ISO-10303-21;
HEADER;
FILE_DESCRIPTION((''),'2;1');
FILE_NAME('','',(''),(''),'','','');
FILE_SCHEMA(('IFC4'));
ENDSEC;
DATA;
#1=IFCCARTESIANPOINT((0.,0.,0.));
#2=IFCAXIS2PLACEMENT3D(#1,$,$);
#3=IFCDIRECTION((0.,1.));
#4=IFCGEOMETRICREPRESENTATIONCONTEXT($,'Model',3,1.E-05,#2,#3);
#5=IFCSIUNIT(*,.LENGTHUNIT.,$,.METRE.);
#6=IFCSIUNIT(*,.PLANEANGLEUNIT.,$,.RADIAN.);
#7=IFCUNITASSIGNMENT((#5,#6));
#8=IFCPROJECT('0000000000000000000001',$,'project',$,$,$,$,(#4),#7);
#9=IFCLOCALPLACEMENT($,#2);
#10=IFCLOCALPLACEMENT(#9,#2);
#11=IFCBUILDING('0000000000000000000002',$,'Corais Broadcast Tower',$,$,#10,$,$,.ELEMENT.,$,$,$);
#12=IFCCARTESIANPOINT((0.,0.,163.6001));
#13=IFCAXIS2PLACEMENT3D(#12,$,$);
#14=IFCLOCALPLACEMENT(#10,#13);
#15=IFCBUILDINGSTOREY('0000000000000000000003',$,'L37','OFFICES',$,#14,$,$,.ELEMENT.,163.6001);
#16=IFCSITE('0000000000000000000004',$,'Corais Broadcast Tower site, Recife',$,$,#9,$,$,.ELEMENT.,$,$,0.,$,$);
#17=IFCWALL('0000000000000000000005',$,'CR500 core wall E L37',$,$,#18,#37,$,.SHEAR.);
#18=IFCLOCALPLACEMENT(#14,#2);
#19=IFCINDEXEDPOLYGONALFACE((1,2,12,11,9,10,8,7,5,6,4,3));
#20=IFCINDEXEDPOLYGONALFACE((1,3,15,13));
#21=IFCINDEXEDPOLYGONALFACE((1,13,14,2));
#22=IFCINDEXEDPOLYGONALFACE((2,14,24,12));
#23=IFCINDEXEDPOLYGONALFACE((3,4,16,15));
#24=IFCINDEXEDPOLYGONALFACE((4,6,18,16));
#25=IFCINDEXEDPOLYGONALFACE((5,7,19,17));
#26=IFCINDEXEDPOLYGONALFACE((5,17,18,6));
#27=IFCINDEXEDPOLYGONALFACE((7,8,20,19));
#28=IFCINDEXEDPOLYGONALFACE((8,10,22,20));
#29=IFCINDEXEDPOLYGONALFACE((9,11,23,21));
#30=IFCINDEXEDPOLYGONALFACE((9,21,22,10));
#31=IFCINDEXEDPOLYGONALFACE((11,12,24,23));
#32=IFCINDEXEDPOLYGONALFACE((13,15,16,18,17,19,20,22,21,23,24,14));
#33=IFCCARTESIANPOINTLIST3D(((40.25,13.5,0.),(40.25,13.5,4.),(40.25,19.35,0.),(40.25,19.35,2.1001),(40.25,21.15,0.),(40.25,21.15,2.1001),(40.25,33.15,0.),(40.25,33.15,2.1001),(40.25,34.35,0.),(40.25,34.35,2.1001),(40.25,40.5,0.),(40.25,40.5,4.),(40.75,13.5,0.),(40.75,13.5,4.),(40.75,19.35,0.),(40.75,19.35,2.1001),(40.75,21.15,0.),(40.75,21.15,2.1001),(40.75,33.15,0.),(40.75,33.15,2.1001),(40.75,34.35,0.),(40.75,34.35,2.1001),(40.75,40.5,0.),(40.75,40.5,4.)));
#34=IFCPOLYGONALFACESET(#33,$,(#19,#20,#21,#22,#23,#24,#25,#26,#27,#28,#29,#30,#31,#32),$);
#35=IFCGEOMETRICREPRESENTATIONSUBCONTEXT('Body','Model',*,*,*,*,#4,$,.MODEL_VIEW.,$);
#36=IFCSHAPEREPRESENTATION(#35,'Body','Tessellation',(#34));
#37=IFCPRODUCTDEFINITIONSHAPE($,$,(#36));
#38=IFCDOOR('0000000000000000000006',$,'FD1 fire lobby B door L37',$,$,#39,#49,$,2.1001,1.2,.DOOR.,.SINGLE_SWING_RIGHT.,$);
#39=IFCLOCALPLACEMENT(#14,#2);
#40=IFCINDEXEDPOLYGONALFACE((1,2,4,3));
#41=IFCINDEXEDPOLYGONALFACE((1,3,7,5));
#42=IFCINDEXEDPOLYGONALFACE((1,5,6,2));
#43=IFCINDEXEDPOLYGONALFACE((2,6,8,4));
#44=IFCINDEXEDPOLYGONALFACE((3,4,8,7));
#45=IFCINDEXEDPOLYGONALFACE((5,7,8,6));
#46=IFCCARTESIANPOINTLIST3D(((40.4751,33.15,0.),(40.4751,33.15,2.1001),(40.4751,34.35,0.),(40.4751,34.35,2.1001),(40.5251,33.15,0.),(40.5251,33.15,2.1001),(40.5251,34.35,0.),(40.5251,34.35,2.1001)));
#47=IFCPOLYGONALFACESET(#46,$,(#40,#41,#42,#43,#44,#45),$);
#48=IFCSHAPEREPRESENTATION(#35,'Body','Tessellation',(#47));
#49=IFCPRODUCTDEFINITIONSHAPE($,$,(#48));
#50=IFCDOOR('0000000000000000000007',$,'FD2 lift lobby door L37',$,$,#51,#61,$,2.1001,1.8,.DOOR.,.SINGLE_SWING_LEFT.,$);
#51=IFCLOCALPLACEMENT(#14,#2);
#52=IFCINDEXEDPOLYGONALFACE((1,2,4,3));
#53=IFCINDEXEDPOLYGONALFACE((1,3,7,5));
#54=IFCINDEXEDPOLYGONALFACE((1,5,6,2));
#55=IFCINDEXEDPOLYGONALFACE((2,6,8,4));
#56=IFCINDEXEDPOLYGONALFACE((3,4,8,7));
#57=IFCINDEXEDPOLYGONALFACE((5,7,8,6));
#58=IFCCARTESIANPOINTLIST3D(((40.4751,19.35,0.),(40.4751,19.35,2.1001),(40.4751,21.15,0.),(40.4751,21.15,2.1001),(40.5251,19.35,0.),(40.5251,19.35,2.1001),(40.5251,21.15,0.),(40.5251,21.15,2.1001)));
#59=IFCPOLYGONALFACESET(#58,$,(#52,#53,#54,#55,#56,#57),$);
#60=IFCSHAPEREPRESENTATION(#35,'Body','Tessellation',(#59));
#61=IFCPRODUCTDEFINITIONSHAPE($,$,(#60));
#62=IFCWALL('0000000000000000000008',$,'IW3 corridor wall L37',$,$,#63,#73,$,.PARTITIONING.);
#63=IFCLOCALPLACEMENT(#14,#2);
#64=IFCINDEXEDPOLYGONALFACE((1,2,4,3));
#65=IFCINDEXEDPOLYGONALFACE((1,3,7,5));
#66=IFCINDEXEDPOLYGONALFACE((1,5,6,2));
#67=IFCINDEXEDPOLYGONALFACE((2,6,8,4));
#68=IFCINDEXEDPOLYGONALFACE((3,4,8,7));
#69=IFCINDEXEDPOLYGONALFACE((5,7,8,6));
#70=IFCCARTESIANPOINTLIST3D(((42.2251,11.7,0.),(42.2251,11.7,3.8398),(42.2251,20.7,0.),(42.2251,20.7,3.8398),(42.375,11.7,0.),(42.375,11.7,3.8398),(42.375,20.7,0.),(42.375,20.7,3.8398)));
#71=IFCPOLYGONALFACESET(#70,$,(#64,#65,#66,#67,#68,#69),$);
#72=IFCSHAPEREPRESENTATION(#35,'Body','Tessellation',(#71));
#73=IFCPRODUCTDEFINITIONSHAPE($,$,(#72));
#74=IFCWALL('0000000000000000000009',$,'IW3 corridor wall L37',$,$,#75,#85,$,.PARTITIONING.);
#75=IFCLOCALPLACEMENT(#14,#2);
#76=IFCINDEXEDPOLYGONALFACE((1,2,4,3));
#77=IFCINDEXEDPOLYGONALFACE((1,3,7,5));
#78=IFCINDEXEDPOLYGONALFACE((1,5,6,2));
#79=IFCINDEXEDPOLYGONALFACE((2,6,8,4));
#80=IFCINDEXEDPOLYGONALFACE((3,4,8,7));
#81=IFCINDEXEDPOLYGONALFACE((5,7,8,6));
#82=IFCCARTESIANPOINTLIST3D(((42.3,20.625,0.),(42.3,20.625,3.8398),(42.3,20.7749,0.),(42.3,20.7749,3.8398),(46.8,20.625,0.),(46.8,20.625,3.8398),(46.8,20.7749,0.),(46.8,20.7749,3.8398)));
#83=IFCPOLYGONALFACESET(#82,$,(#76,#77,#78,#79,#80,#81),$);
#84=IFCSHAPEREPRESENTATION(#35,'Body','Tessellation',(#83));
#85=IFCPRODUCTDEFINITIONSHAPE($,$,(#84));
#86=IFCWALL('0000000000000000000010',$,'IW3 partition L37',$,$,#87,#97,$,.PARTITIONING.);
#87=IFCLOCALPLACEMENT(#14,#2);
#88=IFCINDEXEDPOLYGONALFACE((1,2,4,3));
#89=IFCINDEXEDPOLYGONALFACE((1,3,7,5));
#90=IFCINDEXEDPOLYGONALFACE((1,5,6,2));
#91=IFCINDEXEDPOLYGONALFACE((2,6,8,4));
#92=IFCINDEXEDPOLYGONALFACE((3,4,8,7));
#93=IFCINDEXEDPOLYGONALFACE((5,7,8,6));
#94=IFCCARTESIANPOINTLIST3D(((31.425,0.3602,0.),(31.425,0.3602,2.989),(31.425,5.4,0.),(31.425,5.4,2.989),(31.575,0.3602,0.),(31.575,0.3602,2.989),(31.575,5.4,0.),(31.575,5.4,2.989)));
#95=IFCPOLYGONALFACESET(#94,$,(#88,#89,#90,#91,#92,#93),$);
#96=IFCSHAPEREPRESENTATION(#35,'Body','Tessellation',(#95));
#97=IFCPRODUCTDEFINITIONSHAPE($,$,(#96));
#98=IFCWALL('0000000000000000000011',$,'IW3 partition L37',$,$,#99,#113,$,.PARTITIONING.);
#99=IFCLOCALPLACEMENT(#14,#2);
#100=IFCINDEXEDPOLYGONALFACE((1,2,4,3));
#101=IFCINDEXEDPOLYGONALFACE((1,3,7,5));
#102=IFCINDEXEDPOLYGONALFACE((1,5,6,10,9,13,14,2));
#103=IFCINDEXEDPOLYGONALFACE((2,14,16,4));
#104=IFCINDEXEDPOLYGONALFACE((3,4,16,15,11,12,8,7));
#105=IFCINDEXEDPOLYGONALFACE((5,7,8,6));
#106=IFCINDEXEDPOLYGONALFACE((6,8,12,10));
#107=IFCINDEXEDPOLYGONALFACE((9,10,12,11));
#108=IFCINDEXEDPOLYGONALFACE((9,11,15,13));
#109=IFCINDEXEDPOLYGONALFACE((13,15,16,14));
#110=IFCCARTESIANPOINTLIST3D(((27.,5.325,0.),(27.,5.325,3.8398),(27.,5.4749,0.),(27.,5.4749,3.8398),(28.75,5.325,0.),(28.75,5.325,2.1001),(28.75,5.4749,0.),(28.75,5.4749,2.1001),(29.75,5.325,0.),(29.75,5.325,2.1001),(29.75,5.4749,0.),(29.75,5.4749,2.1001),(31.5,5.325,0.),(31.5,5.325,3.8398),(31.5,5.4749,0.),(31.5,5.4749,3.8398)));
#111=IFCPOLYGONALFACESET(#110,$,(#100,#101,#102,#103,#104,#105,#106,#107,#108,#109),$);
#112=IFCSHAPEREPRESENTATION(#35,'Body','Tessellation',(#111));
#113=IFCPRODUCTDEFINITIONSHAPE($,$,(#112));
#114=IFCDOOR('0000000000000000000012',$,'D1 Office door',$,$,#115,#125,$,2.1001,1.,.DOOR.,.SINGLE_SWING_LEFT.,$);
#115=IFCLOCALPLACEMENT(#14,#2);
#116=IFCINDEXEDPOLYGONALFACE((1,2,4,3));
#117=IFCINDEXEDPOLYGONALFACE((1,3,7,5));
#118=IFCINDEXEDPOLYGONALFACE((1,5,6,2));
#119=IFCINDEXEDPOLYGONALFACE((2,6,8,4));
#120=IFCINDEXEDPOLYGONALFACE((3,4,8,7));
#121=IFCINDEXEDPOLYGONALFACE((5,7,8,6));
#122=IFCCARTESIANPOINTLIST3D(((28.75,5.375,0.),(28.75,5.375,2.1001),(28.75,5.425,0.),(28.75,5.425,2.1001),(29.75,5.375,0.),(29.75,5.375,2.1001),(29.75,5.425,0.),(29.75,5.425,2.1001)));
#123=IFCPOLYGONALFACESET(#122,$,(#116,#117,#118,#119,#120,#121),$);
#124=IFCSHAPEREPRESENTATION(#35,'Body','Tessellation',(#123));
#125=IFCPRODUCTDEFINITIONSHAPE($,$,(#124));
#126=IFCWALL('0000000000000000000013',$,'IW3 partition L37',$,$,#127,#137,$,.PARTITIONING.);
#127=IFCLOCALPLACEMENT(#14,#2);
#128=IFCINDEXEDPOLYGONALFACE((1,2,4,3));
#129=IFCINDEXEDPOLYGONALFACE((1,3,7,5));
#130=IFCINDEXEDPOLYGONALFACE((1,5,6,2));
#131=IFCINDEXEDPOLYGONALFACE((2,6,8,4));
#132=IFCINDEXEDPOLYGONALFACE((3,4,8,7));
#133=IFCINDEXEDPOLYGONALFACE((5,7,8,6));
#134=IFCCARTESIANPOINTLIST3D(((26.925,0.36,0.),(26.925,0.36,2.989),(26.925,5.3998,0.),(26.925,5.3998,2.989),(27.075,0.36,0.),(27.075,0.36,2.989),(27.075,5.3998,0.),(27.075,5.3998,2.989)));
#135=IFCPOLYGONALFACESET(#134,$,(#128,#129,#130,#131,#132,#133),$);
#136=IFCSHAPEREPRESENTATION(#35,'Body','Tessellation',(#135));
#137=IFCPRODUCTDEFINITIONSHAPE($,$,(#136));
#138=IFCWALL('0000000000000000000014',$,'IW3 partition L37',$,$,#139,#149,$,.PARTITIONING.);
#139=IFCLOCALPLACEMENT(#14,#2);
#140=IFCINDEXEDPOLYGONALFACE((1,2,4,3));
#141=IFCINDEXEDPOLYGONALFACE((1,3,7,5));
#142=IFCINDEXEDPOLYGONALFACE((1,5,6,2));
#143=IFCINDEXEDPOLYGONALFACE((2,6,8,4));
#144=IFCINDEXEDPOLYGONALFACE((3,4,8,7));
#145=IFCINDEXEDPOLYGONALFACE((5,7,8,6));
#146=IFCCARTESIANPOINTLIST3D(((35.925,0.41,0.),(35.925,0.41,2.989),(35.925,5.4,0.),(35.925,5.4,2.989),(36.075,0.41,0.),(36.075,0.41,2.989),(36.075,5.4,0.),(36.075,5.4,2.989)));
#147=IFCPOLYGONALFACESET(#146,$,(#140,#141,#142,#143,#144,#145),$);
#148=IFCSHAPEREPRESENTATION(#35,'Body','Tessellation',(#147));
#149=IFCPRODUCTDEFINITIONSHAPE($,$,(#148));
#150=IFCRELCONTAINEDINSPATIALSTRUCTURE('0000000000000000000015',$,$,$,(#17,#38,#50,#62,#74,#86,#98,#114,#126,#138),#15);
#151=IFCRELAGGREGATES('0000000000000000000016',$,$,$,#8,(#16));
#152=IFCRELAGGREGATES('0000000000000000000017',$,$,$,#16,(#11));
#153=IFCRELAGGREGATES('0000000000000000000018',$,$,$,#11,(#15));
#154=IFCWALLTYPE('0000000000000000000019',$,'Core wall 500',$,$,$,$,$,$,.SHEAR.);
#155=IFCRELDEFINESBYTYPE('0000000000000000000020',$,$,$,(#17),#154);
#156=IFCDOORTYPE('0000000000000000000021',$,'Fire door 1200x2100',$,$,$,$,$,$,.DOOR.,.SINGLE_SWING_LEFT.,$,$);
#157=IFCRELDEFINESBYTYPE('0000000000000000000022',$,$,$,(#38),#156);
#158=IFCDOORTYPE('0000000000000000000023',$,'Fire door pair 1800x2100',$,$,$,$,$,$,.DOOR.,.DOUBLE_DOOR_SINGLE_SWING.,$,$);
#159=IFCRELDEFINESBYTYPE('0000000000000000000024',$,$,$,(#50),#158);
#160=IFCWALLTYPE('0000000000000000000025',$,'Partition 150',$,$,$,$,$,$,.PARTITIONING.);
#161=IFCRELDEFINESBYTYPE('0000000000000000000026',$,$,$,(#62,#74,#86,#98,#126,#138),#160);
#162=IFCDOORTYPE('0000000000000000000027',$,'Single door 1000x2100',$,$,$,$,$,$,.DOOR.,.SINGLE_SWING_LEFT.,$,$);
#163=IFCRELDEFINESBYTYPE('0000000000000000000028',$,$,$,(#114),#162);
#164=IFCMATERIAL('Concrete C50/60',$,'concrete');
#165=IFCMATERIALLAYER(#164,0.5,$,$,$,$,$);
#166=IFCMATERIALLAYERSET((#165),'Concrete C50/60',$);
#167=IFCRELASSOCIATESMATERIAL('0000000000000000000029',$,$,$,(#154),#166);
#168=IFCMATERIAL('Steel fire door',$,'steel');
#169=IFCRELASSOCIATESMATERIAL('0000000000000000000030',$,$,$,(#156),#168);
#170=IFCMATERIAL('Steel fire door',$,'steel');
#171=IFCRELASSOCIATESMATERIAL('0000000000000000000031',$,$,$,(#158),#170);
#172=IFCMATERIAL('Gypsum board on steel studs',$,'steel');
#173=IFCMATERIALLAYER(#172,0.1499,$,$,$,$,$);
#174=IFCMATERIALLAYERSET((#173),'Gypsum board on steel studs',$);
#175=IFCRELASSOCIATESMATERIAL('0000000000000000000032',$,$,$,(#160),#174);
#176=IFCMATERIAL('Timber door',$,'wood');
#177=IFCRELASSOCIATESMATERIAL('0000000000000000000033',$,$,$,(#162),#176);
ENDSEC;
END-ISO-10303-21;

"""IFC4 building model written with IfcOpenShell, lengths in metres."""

from ifc_helpers import new_model, si_unit, direction, frame, frame_2d, origin, place, context, subcontext, project, spatial, rectangle, extrude, material, layer, layer_set, type_object, element, fill, save


model = new_model("IFC4")

# Units and contexts
model_context = context("Model", 3, precision=1e-05, world=origin(), true_north=direction((0.0, 1.0)))
body_context = subcontext(model_context, "Body", "Model", "MODEL_VIEW")
ifc_project = project(units=[si_unit("LENGTHUNIT", "METRE"), si_unit("PLANEANGLEUNIT", "RADIAN")], contexts=[model_context])

# Site, building, storey
site_placement = place(None, origin())
site = spatial("IfcSite", under=ifc_project, at=site_placement, Name="Corais Broadcast Tower site, Recife", CompositionType="ELEMENT", RefElevation=0.0)
building_placement = place(site_placement, origin())
building = spatial("IfcBuilding", under=site, at=building_placement, Name="Corais Broadcast Tower", CompositionType="ELEMENT")
storey_placement = place(building_placement, frame((0.0, 0.0, 163.6001)))
storey = spatial("IfcBuildingStorey", under=building, at=storey_placement, Name="L37", Description="OFFICES", CompositionType="ELEMENT", Elevation=163.6001)

# Wall, openings, doors
ifc_material_1 = material(Name="Concrete C50/60", Category="concrete")
ifc_layer_1 = layer(ifc_material_1, 0.5)
ifc_layer_set_1 = layer_set([ifc_layer_1], Name="Concrete C50/60")
wall_type_1 = type_object("IfcWallType", Name="Core wall 500", PredefinedType="SHEAR", material=ifc_layer_set_1)
wall_1_placement = place(storey_placement, frame((40.5, 13.5, 0.0), z_axis=(0.0, 0.0, 1.0), x_axis=(0.0, 1.0, 0.0)))
wall_1 = element("IfcWall", 1, at=wall_1_placement, inside=storey, type_object=wall_type_1, Name="CR500 core wall E L37", PredefinedType="SHEAR", context=body_context, shape_type="SweptSolid", body=[
    extrude(rectangle(XDim=27.0, YDim=0.5, at=frame_2d((13.5, 0.0))), origin(), (0.0, 0.0, 1.0), 4.0),
])
opening_1_placement = place(wall_1_placement, frame((5.8501, 0.0, 0.0)))
opening_1 = element("IfcOpeningElement", 2, at=opening_1_placement, cuts=wall_1, PredefinedType="OPENING", context=body_context, shape_type="SweptSolid", body=[
    extrude(rectangle(XDim=1.8, YDim=2.1001, at=frame_2d((0.8999, 1.05))), frame((0.0, 0.26, 0.0), z_axis=(0.0, -1.0, 0.0), x_axis=(1.0, 0.0, 0.0)), (0.0, 0.0, 1.0), 0.52),
])
opening_2_placement = place(wall_1_placement, frame((19.6499, 0.0, 0.0)))
opening_2 = element("IfcOpeningElement", 3, at=opening_2_placement, cuts=wall_1, PredefinedType="OPENING", context=body_context, shape_type="SweptSolid", body=[
    extrude(rectangle(XDim=1.2, YDim=2.1001, at=frame_2d((0.6001, 1.05))), frame((0.0, 0.26, 0.0), z_axis=(0.0, -1.0, 0.0), x_axis=(1.0, 0.0, 0.0)), (0.0, 0.0, 1.0), 0.52),
])
ifc_material_2 = material(Name="Steel fire door", Category="steel")
door_type_1 = type_object("IfcDoorType", Name="Fire door 1200x2100", OperationType="SINGLE_SWING_LEFT", PredefinedType="DOOR", material=ifc_material_2)
door_1_placement = place(opening_2_placement, origin())
door_1 = element("IfcDoor", 4, at=door_1_placement, inside=storey, type_object=door_type_1, Name="FD1 fire lobby B door L37", OperationType="SINGLE_SWING_RIGHT", OverallHeight=2.1001, OverallWidth=1.2, PredefinedType="DOOR", context=body_context, shape_type="SweptSolid", body=[
    extrude(rectangle(XDim=1.2, YDim=2.1001, at=frame_2d((0.6001, 1.05))), frame((0.0, 0.0249, 0.0), z_axis=(0.0, -1.0, 0.0), x_axis=(1.0, 0.0, 0.0)), (0.0, 0.0, 1.0), 0.05),
])
fill(opening_2, door_1)
ifc_material_3 = material(Name="Steel fire door", Category="steel")
door_type_2 = type_object("IfcDoorType", Name="Fire door pair 1800x2100", OperationType="DOUBLE_DOOR_SINGLE_SWING", PredefinedType="DOOR", material=ifc_material_3)
door_2_placement = place(opening_1_placement, origin())
door_2 = element("IfcDoor", 5, at=door_2_placement, inside=storey, type_object=door_type_2, Name="FD2 lift lobby door L37", OperationType="SINGLE_SWING_LEFT", OverallHeight=2.1001, OverallWidth=1.8, PredefinedType="DOOR", context=body_context, shape_type="SweptSolid", body=[
    extrude(rectangle(XDim=1.8, YDim=2.1001, at=frame_2d((0.8999, 1.05))), frame((0.0, 0.0249, 0.0), z_axis=(0.0, -1.0, 0.0), x_axis=(1.0, 0.0, 0.0)), (0.0, 0.0, 1.0), 0.05),
])
fill(opening_1, door_2)

# Walls
ifc_material_4 = material(Name="Gypsum board on steel studs", Category="steel")
ifc_layer_2 = layer(ifc_material_4, 0.1499)
ifc_layer_set_2 = layer_set([ifc_layer_2], Name="Gypsum board on steel studs")
wall_type_2 = type_object("IfcWallType", Name="Partition 150", PredefinedType="PARTITIONING", material=ifc_layer_set_2)
wall_2_placement = place(storey_placement, frame((42.3, 11.7, 0.0), z_axis=(0.0, 0.0, 1.0), x_axis=(0.0, 1.0, 0.0)))
element("IfcWall", 6, at=wall_2_placement, inside=storey, type_object=wall_type_2, Name="IW3 corridor wall L37", PredefinedType="PARTITIONING", context=body_context, shape_type="SweptSolid", body=[
    extrude(rectangle(XDim=9.0, YDim=0.1499, at=frame_2d((4.5, 0.0))), origin(), (0.0, 0.0, 1.0), 3.8398),
])
wall_3_placement = place(storey_placement, frame((42.3, 20.7, 0.0), z_axis=(0.0, 0.0, 1.0), x_axis=(1.0, 0.0, 0.0)))
element("IfcWall", 7, at=wall_3_placement, inside=storey, type_object=wall_type_2, Name="IW3 corridor wall L37", PredefinedType="PARTITIONING", context=body_context, shape_type="SweptSolid", body=[
    extrude(rectangle(XDim=4.5, YDim=0.1499, at=frame_2d((2.25, 0.0))), origin(), (0.0, 0.0, 1.0), 3.8398),
])
wall_4_placement = place(storey_placement, frame((31.5, 0.3601, 0.0), z_axis=(0.0, 0.0, 1.0), x_axis=(0.0, 1.0, 0.0)))
element("IfcWall", 8, at=wall_4_placement, inside=storey, type_object=wall_type_2, Name="IW3 partition L37", PredefinedType="PARTITIONING", context=body_context, shape_type="SweptSolid", body=[
    extrude(rectangle(XDim=5.0398, YDim=0.1499, at=frame_2d((2.52, 0.0))), origin(), (0.0, 0.0, 1.0), 2.989),
])

# Wall, opening, door
wall_5_placement = place(storey_placement, frame((31.5, 5.3999, 0.0), z_axis=(0.0, 0.0, 1.0), x_axis=(-1.0, 0.0, 0.0)))
wall_5 = element("IfcWall", 9, at=wall_5_placement, inside=storey, type_object=wall_type_2, Name="IW3 partition L37", PredefinedType="PARTITIONING", context=body_context, shape_type="SweptSolid", body=[
    extrude(rectangle(XDim=4.5, YDim=0.1499, at=frame_2d((2.25, 0.0))), origin(), (0.0, 0.0, 1.0), 3.8398),
])
opening_3_placement = place(wall_5_placement, frame((1.75, 0.0, 0.0)))
opening_3 = element("IfcOpeningElement", 10, at=opening_3_placement, cuts=wall_5, PredefinedType="OPENING", context=body_context, shape_type="SweptSolid", body=[
    extrude(rectangle(XDim=1.0, YDim=2.1001, at=frame_2d((0.5, 1.05))), frame((0.0, 0.085, 0.0), z_axis=(0.0, -1.0, 0.0), x_axis=(1.0, 0.0, 0.0)), (0.0, 0.0, 1.0), 0.1699),
])
ifc_material_5 = material(Name="Timber door", Category="wood")
door_type_3 = type_object("IfcDoorType", Name="Single door 1000x2100", OperationType="SINGLE_SWING_LEFT", PredefinedType="DOOR", material=ifc_material_5)
door_3_placement = place(opening_3_placement, origin())
door_3 = element("IfcDoor", 11, at=door_3_placement, inside=storey, type_object=door_type_3, Name="D1 Office door", OperationType="SINGLE_SWING_LEFT", OverallHeight=2.1001, OverallWidth=1.0, PredefinedType="DOOR", context=body_context, shape_type="SweptSolid", body=[
    extrude(rectangle(XDim=1.0, YDim=2.1001, at=frame_2d((0.5, 1.05))), frame((0.0, 0.0249, 0.0), z_axis=(0.0, -1.0, 0.0), x_axis=(1.0, 0.0, 0.0)), (0.0, 0.0, 1.0), 0.05),
])
fill(opening_3, door_3)

# Walls
wall_6_placement = place(storey_placement, frame((27.0, 5.3999, 0.0), z_axis=(0.0, 0.0, 1.0), x_axis=(0.0, -1.0, 0.0)))
element("IfcWall", 12, at=wall_6_placement, inside=storey, type_object=wall_type_2, Name="IW3 partition L37", PredefinedType="PARTITIONING", context=body_context, shape_type="SweptSolid", body=[
    extrude(rectangle(XDim=5.0398, YDim=0.1499, at=frame_2d((2.52, 0.0))), origin(), (0.0, 0.0, 1.0), 2.989),
])
wall_7_placement = place(storey_placement, frame((36.0, 0.4099, 0.0), z_axis=(0.0, 0.0, 1.0), x_axis=(0.0, 1.0, 0.0)))
element("IfcWall", 13, at=wall_7_placement, inside=storey, type_object=wall_type_2, Name="IW3 partition L37", PredefinedType="PARTITIONING", context=body_context, shape_type="SweptSolid", body=[
    extrude(rectangle(XDim=4.99, YDim=0.1499, at=frame_2d((2.4951, 0.0))), origin(), (0.0, 0.0, 1.0), 2.989),
])

save(model, "model.ifc")
